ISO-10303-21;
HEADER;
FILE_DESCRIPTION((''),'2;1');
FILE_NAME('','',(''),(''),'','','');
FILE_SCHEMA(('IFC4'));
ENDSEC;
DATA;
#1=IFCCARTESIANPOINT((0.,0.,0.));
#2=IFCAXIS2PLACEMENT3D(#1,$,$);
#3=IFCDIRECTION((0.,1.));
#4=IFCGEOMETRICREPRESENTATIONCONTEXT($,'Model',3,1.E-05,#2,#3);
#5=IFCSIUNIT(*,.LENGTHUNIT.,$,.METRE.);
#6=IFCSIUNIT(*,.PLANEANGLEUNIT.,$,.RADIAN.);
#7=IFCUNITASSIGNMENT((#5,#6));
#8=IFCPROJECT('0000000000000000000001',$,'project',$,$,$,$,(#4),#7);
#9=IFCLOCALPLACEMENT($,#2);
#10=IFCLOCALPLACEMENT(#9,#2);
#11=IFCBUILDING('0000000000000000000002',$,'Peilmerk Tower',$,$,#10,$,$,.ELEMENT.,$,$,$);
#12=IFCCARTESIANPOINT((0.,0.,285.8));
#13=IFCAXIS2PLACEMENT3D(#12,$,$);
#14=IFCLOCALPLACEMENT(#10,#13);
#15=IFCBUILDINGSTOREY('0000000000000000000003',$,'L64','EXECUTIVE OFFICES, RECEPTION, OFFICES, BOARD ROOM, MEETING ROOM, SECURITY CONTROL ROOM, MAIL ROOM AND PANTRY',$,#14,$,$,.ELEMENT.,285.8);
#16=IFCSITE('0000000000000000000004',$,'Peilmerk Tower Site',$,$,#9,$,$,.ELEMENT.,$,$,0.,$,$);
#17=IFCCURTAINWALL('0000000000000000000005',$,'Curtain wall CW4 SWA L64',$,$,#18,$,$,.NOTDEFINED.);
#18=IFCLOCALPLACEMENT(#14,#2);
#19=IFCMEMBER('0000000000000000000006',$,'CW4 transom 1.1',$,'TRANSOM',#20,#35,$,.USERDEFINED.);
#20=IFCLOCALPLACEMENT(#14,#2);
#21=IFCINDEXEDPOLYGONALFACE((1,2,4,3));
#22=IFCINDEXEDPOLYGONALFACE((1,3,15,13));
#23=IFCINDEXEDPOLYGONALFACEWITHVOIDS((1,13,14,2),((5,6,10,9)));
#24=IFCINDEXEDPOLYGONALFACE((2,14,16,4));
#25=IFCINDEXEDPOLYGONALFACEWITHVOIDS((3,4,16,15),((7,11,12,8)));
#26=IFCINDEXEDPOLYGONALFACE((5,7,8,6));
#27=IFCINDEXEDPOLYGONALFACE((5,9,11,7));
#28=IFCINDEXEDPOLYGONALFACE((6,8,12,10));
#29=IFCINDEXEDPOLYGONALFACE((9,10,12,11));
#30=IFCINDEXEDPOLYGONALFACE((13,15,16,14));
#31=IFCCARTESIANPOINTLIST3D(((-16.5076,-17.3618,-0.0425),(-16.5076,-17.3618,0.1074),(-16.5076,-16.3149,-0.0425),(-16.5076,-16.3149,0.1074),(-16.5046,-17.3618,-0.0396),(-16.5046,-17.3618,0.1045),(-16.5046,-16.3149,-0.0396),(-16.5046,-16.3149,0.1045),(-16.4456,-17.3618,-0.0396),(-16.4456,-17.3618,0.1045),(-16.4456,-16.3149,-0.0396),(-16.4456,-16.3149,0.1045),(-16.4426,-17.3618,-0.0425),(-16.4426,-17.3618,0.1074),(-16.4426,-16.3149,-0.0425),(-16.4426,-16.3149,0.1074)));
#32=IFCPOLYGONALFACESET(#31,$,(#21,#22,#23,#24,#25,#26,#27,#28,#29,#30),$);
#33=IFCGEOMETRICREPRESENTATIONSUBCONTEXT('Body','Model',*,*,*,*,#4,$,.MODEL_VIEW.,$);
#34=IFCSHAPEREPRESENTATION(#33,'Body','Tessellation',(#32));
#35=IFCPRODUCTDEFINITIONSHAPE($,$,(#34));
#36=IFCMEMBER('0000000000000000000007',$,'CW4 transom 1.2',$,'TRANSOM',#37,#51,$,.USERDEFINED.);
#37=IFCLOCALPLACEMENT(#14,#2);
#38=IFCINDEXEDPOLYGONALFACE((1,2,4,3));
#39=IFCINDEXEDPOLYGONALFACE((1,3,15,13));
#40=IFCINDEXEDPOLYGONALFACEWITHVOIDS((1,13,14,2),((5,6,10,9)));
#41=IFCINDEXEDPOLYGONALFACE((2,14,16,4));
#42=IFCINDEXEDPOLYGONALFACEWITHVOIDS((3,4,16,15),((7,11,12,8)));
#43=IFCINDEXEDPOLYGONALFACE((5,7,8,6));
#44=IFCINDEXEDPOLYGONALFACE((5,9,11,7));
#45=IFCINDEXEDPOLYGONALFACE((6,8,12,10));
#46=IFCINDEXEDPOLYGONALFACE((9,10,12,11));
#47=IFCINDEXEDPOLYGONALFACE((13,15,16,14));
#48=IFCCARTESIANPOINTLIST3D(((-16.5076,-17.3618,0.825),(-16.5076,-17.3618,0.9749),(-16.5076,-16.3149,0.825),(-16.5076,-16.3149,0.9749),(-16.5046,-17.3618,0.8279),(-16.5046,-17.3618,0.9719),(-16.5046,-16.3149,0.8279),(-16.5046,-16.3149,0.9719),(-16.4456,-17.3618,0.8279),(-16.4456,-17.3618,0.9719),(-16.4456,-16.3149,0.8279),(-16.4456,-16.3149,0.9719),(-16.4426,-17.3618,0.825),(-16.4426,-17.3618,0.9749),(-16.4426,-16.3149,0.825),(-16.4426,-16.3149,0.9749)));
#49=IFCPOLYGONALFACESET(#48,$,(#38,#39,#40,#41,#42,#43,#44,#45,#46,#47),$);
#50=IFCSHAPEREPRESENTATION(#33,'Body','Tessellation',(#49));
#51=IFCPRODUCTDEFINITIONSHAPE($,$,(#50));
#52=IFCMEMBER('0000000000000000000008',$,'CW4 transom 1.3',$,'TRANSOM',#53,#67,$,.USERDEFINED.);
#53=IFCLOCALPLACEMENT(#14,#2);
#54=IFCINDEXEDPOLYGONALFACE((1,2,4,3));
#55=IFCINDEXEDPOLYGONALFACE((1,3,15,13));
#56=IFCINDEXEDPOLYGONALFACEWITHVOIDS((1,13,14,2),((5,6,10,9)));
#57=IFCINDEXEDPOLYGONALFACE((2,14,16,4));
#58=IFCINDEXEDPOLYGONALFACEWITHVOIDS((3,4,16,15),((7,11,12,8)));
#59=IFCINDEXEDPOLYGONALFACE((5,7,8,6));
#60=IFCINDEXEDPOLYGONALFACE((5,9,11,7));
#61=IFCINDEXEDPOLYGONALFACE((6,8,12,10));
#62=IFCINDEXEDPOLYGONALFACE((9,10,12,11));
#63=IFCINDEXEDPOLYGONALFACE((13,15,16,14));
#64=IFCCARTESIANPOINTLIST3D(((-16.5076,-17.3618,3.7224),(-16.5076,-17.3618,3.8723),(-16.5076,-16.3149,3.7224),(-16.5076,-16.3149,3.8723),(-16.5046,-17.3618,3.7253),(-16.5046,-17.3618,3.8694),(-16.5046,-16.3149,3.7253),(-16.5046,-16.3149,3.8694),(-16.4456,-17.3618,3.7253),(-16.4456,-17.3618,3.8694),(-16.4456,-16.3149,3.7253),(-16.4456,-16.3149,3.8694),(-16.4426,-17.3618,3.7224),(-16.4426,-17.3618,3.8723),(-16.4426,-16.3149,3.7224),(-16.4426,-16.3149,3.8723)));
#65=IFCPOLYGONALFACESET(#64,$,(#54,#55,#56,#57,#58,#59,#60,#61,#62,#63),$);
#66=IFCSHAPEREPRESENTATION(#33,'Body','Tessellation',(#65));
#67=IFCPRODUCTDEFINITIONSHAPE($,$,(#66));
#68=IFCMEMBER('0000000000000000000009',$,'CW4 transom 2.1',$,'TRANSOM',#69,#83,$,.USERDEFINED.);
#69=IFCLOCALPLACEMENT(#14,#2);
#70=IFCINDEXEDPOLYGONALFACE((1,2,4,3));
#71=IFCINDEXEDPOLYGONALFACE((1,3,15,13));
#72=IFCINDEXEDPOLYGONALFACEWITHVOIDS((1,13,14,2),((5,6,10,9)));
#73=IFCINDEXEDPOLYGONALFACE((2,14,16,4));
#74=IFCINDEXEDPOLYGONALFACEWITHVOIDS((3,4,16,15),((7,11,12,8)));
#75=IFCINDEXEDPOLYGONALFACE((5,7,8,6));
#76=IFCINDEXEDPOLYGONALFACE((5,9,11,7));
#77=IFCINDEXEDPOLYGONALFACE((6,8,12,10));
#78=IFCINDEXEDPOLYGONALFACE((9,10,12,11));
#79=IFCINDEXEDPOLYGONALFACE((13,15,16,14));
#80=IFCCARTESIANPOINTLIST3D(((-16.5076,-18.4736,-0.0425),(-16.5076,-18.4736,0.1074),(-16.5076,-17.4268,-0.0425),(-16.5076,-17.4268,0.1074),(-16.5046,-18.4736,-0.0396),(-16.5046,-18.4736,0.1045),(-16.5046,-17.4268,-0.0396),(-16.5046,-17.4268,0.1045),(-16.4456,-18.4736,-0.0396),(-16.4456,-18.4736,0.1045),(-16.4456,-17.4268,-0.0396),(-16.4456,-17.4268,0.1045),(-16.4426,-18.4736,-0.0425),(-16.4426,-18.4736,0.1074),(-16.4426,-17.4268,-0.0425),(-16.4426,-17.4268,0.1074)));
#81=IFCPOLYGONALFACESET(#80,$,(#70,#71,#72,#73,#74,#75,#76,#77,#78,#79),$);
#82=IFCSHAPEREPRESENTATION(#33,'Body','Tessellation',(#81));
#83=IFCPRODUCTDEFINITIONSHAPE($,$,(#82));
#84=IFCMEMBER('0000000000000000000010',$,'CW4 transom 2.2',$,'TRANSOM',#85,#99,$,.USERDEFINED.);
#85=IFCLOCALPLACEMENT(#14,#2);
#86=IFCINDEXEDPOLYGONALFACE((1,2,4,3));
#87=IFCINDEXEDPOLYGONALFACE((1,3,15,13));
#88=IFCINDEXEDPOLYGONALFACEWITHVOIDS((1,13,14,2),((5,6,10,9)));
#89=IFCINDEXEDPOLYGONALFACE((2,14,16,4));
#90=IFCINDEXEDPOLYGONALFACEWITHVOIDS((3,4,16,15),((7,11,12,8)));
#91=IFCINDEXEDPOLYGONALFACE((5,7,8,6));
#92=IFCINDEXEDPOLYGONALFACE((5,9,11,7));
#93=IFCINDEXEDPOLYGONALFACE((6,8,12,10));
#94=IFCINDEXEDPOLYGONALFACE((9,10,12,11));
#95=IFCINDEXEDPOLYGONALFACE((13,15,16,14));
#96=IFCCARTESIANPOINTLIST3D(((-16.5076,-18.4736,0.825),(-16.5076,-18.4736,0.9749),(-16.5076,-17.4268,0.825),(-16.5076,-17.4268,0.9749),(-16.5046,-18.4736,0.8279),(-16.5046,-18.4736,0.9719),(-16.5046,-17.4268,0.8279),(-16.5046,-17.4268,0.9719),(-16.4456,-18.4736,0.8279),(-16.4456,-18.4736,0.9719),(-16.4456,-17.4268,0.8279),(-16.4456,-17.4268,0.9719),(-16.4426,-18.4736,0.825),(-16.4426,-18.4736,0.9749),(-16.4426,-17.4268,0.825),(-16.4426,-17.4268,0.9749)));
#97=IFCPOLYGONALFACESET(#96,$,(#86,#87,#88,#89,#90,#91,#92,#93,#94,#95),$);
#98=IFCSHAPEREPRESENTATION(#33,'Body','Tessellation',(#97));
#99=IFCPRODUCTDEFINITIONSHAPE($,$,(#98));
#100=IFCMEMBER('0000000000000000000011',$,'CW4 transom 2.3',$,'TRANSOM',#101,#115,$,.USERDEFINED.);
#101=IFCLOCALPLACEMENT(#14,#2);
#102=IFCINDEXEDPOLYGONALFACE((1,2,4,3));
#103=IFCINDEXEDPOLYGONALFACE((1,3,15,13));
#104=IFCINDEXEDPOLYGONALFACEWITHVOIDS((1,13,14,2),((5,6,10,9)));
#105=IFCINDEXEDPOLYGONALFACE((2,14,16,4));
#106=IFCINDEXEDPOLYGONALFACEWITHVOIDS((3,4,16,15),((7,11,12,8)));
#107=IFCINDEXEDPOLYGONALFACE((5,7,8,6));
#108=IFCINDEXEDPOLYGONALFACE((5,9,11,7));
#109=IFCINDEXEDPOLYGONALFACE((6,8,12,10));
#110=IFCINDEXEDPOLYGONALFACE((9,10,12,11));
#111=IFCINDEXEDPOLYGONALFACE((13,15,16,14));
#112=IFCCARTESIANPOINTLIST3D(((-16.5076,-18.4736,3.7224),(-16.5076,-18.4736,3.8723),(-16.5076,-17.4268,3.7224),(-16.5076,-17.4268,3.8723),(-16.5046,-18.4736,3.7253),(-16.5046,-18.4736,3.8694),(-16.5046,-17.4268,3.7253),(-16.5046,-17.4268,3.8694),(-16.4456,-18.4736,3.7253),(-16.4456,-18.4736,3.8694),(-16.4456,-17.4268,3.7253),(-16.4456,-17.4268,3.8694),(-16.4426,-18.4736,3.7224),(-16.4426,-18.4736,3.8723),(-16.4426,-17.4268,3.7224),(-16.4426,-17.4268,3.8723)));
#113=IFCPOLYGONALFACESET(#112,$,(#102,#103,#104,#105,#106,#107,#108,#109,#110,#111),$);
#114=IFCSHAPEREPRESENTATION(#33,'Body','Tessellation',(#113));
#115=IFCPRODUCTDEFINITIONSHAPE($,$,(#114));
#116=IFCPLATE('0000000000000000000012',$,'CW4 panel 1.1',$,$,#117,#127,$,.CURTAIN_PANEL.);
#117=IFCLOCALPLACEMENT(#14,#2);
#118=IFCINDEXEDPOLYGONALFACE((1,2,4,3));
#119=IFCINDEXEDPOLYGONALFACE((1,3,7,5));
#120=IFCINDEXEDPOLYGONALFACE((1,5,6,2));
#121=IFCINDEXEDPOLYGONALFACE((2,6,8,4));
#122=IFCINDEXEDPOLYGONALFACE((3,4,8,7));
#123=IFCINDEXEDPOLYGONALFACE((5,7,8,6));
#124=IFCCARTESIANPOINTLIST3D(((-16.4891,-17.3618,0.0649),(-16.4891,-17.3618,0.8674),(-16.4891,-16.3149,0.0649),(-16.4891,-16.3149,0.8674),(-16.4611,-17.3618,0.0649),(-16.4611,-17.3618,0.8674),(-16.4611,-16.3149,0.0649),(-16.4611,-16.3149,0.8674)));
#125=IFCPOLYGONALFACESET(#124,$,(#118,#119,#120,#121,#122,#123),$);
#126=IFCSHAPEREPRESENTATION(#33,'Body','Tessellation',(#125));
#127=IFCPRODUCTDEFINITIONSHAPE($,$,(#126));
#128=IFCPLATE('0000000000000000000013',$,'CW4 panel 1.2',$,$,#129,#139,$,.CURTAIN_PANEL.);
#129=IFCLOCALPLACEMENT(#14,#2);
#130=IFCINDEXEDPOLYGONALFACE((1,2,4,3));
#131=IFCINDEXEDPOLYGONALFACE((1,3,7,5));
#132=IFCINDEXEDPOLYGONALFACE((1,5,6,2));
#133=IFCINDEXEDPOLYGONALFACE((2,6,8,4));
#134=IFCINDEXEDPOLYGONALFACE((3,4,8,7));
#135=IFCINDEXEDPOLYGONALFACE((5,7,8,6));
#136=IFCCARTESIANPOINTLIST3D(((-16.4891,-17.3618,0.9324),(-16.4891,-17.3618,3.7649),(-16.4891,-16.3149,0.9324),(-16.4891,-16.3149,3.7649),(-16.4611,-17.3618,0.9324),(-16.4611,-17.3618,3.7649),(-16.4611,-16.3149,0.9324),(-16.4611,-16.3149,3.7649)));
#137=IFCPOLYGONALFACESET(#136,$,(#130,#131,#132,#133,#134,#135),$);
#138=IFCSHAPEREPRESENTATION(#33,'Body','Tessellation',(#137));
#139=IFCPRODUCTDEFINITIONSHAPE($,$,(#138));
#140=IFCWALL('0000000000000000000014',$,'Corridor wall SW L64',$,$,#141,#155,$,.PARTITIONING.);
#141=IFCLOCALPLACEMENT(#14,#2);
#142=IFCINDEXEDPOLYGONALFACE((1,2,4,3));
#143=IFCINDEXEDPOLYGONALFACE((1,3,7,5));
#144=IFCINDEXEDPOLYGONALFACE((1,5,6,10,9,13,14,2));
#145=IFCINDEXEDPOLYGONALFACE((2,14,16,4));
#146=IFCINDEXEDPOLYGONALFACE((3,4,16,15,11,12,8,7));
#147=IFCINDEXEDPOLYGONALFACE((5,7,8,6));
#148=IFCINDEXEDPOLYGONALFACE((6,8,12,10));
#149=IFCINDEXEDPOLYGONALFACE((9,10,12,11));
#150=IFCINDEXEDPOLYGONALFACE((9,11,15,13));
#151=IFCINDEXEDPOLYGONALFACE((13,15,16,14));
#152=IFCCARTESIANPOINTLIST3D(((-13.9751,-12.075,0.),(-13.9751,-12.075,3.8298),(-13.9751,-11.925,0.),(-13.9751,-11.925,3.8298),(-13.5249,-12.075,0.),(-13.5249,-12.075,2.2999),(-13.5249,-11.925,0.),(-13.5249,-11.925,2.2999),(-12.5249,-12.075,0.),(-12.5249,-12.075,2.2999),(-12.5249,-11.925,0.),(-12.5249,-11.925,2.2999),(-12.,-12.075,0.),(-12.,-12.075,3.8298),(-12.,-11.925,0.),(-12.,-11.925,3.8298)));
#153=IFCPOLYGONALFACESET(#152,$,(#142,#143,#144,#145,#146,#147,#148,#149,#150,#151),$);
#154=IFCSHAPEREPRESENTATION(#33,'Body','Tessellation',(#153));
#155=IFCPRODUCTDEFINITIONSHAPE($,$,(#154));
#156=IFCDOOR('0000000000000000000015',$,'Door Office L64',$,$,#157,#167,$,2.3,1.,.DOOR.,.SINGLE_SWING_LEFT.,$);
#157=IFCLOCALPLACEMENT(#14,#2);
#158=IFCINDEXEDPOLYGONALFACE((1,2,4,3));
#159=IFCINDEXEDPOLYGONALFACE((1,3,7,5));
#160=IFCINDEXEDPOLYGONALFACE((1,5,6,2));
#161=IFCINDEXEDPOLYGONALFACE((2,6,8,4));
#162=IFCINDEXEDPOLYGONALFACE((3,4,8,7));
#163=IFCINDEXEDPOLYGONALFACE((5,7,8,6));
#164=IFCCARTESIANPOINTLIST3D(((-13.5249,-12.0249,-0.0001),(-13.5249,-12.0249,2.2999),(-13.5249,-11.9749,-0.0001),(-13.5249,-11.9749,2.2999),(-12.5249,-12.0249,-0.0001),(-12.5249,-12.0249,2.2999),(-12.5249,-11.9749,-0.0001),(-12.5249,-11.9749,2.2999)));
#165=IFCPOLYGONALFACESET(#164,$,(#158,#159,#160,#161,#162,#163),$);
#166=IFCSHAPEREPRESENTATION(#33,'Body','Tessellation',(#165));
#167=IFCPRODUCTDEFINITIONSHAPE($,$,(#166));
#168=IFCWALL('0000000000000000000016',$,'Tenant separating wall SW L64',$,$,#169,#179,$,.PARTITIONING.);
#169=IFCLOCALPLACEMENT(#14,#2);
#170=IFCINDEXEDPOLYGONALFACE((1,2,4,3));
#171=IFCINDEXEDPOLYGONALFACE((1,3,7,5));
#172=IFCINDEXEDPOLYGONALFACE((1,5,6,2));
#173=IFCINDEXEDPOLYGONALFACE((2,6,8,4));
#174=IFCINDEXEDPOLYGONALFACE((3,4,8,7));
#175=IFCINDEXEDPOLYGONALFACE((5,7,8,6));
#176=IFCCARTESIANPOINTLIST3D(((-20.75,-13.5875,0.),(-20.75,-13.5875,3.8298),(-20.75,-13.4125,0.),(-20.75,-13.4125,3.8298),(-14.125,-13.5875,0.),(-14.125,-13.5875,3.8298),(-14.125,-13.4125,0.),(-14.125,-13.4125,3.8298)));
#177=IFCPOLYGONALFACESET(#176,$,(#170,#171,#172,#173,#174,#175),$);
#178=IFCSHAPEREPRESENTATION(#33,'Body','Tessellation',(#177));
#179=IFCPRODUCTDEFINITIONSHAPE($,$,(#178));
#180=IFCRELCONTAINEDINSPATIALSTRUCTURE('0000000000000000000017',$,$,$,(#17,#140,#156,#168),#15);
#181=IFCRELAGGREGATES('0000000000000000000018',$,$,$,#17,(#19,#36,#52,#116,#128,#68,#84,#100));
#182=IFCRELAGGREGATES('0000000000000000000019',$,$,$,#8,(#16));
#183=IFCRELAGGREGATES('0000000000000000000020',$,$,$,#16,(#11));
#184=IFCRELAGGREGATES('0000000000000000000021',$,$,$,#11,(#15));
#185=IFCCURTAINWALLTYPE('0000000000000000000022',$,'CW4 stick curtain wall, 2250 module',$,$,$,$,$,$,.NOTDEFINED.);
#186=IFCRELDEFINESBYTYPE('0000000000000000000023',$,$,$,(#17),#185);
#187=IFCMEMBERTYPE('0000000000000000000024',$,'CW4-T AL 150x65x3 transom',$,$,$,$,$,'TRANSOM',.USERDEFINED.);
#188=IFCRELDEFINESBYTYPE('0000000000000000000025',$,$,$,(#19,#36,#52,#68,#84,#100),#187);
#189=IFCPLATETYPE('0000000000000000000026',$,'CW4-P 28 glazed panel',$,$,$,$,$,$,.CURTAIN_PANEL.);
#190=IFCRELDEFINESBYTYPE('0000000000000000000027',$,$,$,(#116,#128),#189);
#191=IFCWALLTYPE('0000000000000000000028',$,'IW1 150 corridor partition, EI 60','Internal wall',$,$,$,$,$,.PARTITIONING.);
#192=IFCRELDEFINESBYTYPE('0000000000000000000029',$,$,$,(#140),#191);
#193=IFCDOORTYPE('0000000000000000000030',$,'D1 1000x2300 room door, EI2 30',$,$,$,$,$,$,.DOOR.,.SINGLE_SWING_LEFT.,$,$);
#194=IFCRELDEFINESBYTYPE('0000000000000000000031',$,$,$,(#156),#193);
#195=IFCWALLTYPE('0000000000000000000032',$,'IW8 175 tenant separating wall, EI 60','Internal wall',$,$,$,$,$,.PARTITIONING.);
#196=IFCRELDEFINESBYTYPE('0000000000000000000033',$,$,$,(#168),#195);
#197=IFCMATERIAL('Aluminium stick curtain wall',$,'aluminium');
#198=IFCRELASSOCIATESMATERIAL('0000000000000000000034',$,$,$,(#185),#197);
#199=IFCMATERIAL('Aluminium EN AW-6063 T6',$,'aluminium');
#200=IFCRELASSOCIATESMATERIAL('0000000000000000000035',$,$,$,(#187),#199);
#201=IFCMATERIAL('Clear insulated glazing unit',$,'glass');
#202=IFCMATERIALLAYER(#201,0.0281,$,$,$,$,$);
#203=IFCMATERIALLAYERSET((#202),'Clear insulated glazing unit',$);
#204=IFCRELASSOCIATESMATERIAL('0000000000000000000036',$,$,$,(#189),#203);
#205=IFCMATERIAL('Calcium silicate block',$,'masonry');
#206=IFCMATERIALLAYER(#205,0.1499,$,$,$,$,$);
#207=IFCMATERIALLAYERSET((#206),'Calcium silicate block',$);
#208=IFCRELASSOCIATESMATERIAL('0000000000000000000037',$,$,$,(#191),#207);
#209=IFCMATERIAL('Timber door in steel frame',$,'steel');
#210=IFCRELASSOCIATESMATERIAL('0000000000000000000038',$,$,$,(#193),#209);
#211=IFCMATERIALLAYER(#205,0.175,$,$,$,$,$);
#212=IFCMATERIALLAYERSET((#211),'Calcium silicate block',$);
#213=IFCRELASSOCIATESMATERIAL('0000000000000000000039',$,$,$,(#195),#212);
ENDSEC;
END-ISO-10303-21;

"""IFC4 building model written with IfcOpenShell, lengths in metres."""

from ifc_helpers import new_model, si_unit, direction, frame, frame_2d, origin, origin_2d, place, context, subcontext, project, spatial, rectangle, hollow_rectangle, extrude, material, layer, layer_set, material_profile, profile_set, type_object, element, fill, aggregate, save


model = new_model("IFC4")

# Units and contexts
model_context = context("Model", 3, precision=1e-05, world=origin(), true_north=direction((0.0, 1.0)))
body_context = subcontext(model_context, "Body", "Model", "MODEL_VIEW")
ifc_project = project(units=[si_unit("LENGTHUNIT", "METRE"), si_unit("PLANEANGLEUNIT", "RADIAN")], contexts=[model_context])

# Site, building, storey
site_placement = place(None, origin())
site = spatial("IfcSite", under=ifc_project, at=site_placement, Name="Peilmerk Tower Site", CompositionType="ELEMENT", RefElevation=0.0)
building_placement = place(site_placement, origin())
building = spatial("IfcBuilding", under=site, at=building_placement, Name="Peilmerk Tower", CompositionType="ELEMENT")
storey_placement = place(building_placement, frame((0.0, 0.0, 285.8)))
storey = spatial("IfcBuildingStorey", under=building, at=storey_placement, Name="L64", Description="EXECUTIVE OFFICES, RECEPTION, OFFICES, BOARD ROOM, MEETING ROOM, SECURITY CONTROL ROOM, MAIL ROOM AND PANTRY", CompositionType="ELEMENT", Elevation=285.8)

# Curtain wall, members, plates
ifc_material_1 = material(Name="Aluminium stick curtain wall", Category="aluminium")
curtain_wall_type = type_object("IfcCurtainWallType", Name="CW4 stick curtain wall, 2250 module", PredefinedType="NOTDEFINED", material=ifc_material_1)
curtain_wall_placement = place(storey_placement, origin())
curtain_wall = element("IfcCurtainWall", 1, at=curtain_wall_placement, inside=storey, type_object=curtain_wall_type, Name="Curtain wall CW4 SWA L64", PredefinedType="NOTDEFINED")
ifc_material_2 = material(Name="Aluminium EN AW-6063 T6", Category="aluminium")
ifc_material_profile_1 = material_profile(ifc_material_2, hollow_rectangle(XDim=0.0649, YDim=0.1499, WallThickness=0.0029, at=origin_2d()), Name="AL 150x65x3")
ifc_profile_set_1 = profile_set([ifc_material_profile_1], Name="Aluminium EN AW-6063 T6")
member_type_1 = type_object("IfcMemberType", Name="CW4-T AL 150x65x3 transom", ElementType="TRANSOM", PredefinedType="USERDEFINED", material=ifc_profile_set_1)
member_1_placement = place(storey_placement, frame((-16.4751, -16.3149, 0.0325), z_axis=(0.0, -1.0, 0.0), x_axis=(1.0, 0.0, 0.0)))
member_1 = element("IfcMember", 2, at=member_1_placement, type_object=member_type_1, Name="CW4 transom 1.1", ObjectType="TRANSOM", PredefinedType="USERDEFINED", context=body_context, shape_type="SweptSolid", body=[
    extrude(hollow_rectangle(XDim=0.0649, YDim=0.1499, WallThickness=0.0029, at=origin_2d()), origin(), (0.0, 0.0, 1.0), 1.0469),
])
member_2_placement = place(storey_placement, frame((-16.4751, -16.3149, 0.8999), z_axis=(0.0, -1.0, 0.0), x_axis=(1.0, 0.0, 0.0)))
member_2 = element("IfcMember", 3, at=member_2_placement, type_object=member_type_1, Name="CW4 transom 1.2", ObjectType="TRANSOM", PredefinedType="USERDEFINED", context=body_context, shape_type="SweptSolid", body=[
    extrude(hollow_rectangle(XDim=0.0649, YDim=0.1499, WallThickness=0.0029, at=origin_2d()), origin(), (0.0, 0.0, 1.0), 1.0469),
])
member_3_placement = place(storey_placement, frame((-16.4751, -16.3149, 3.7974), z_axis=(0.0, -1.0, 0.0), x_axis=(1.0, 0.0, 0.0)))
member_3 = element("IfcMember", 4, at=member_3_placement, type_object=member_type_1, Name="CW4 transom 1.3", ObjectType="TRANSOM", PredefinedType="USERDEFINED", context=body_context, shape_type="SweptSolid", body=[
    extrude(hollow_rectangle(XDim=0.0649, YDim=0.1499, WallThickness=0.0029, at=origin_2d()), origin(), (0.0, 0.0, 1.0), 1.0469),
])
member_4_placement = place(storey_placement, frame((-16.4751, -17.4268, 0.0325), z_axis=(0.0, -1.0, 0.0), x_axis=(1.0, 0.0, 0.0)))
member_4 = element("IfcMember", 5, at=member_4_placement, type_object=member_type_1, Name="CW4 transom 2.1", ObjectType="TRANSOM", PredefinedType="USERDEFINED", context=body_context, shape_type="SweptSolid", body=[
    extrude(hollow_rectangle(XDim=0.0649, YDim=0.1499, WallThickness=0.0029, at=origin_2d()), origin(), (0.0, 0.0, 1.0), 1.0469),
])
member_5_placement = place(storey_placement, frame((-16.4751, -17.4268, 0.8999), z_axis=(0.0, -1.0, 0.0), x_axis=(1.0, 0.0, 0.0)))
member_5 = element("IfcMember", 6, at=member_5_placement, type_object=member_type_1, Name="CW4 transom 2.2", ObjectType="TRANSOM", PredefinedType="USERDEFINED", context=body_context, shape_type="SweptSolid", body=[
    extrude(hollow_rectangle(XDim=0.0649, YDim=0.1499, WallThickness=0.0029, at=origin_2d()), origin(), (0.0, 0.0, 1.0), 1.0469),
])
member_6_placement = place(storey_placement, frame((-16.4751, -17.4268, 3.7974), z_axis=(0.0, -1.0, 0.0), x_axis=(1.0, 0.0, 0.0)))
member_6 = element("IfcMember", 7, at=member_6_placement, type_object=member_type_1, Name="CW4 transom 2.3", ObjectType="TRANSOM", PredefinedType="USERDEFINED", context=body_context, shape_type="SweptSolid", body=[
    extrude(hollow_rectangle(XDim=0.0649, YDim=0.1499, WallThickness=0.0029, at=origin_2d()), origin(), (0.0, 0.0, 1.0), 1.0469),
])
ifc_material_3 = material(Name="Clear insulated glazing unit", Category="glass")
ifc_layer_1 = layer(ifc_material_3, 0.0281)
ifc_layer_set_1 = layer_set([ifc_layer_1], Name="Clear insulated glazing unit")
plate_type = type_object("IfcPlateType", Name="CW4-P 28 glazed panel", PredefinedType="CURTAIN_PANEL", material=ifc_layer_set_1)
plate_1_placement = place(storey_placement, frame((-16.4751, -16.8384, 0.0649), z_axis=(0.0, 0.0, 1.0), x_axis=(0.0, -1.0, 0.0)))
plate_1 = element("IfcPlate", 8, at=plate_1_placement, type_object=plate_type, Name="CW4 panel 1.1", PredefinedType="CURTAIN_PANEL", context=body_context, shape_type="SweptSolid", body=[
    extrude(rectangle(XDim=1.0469, YDim=0.0281, at=origin_2d()), origin(), (0.0, 0.0, 1.0), 0.8025),
])
plate_2_placement = place(storey_placement, frame((-16.4751, -16.8384, 0.9324), z_axis=(0.0, 0.0, 1.0), x_axis=(0.0, -1.0, 0.0)))
plate_2 = element("IfcPlate", 9, at=plate_2_placement, type_object=plate_type, Name="CW4 panel 1.2", PredefinedType="CURTAIN_PANEL", context=body_context, shape_type="SweptSolid", body=[
    extrude(rectangle(XDim=1.0469, YDim=0.0281, at=origin_2d()), origin(), (0.0, 0.0, 1.0), 2.8325),
])
aggregate(curtain_wall, [member_1, member_2, member_3, plate_1, plate_2, member_4, member_5, member_6])

# Wall, opening, door
ifc_material_4 = material(Name="Calcium silicate block", Category="masonry")
ifc_layer_2 = layer(ifc_material_4, 0.1499)
ifc_layer_set_2 = layer_set([ifc_layer_2], Name="Calcium silicate block")
wall_type_1 = type_object("IfcWallType", Name="IW1 150 corridor partition, EI 60", Description="Internal wall", PredefinedType="PARTITIONING", material=ifc_layer_set_2)
wall_1_placement = place(storey_placement, frame((-12.0, -12.0, 0.0), z_axis=(0.0, 0.0, 1.0), x_axis=(-1.0, 0.0, 0.0)))
wall_1 = element("IfcWall", 10, at=wall_1_placement, inside=storey, type_object=wall_type_1, Name="Corridor wall SW L64", PredefinedType="PARTITIONING", context=body_context, shape_type="SweptSolid", body=[
    extrude(rectangle(XDim=1.9751, YDim=0.1499, at=frame_2d((0.9875, 0.0))), origin(), (0.0, 0.0, 1.0), 3.8298),
])
opening_placement = place(wall_1_placement, frame((0.5249, 0.0, 0.0)))
opening = element("IfcOpeningElement", 11, at=opening_placement, cuts=wall_1, PredefinedType="OPENING", context=body_context, shape_type="SweptSolid", body=[
    extrude(rectangle(XDim=1.0, YDim=2.3, at=frame_2d((0.5, 1.1499))), frame((0.0, 0.085, 0.0), z_axis=(0.0, -1.0, 0.0), x_axis=(1.0, 0.0, 0.0)), (0.0, 0.0, 1.0), 0.1699),
])
ifc_material_5 = material(Name="Timber door in steel frame", Category="steel")
door_type = type_object("IfcDoorType", Name="D1 1000x2300 room door, EI2 30", OperationType="SINGLE_SWING_LEFT", PredefinedType="DOOR", material=ifc_material_5)
door_placement = place(opening_placement, origin())
door = element("IfcDoor", 12, at=door_placement, inside=storey, type_object=door_type, Name="Door Office L64", OperationType="SINGLE_SWING_LEFT", OverallHeight=2.3, OverallWidth=1.0, PredefinedType="DOOR", context=body_context, shape_type="SweptSolid", body=[
    extrude(rectangle(XDim=1.0, YDim=2.3, at=frame_2d((0.5, 1.1499))), frame((0.0, 0.0249, 0.0), z_axis=(0.0, -1.0, 0.0), x_axis=(1.0, 0.0, 0.0)), (0.0, 0.0, 1.0), 0.05),
])
fill(opening, door)

# Wall
ifc_layer_3 = layer(ifc_material_4, 0.175)
ifc_layer_set_3 = layer_set([ifc_layer_3], Name="Calcium silicate block")
wall_type_2 = type_object("IfcWallType", Name="IW8 175 tenant separating wall, EI 60", Description="Internal wall", PredefinedType="PARTITIONING", material=ifc_layer_set_3)
wall_2_placement = place(storey_placement, frame((-14.125, -13.5, 0.0), z_axis=(0.0, 0.0, 1.0), x_axis=(-1.0, 0.0, 0.0)))
element("IfcWall", 13, at=wall_2_placement, inside=storey, type_object=wall_type_2, Name="Tenant separating wall SW L64", PredefinedType="PARTITIONING", context=body_context, shape_type="SweptSolid", body=[
    extrude(rectangle(XDim=6.625, YDim=0.175, at=frame_2d((3.3125, 0.0))), origin(), (0.0, 0.0, 1.0), 3.8298),
])

save(model, "model.ifc")
